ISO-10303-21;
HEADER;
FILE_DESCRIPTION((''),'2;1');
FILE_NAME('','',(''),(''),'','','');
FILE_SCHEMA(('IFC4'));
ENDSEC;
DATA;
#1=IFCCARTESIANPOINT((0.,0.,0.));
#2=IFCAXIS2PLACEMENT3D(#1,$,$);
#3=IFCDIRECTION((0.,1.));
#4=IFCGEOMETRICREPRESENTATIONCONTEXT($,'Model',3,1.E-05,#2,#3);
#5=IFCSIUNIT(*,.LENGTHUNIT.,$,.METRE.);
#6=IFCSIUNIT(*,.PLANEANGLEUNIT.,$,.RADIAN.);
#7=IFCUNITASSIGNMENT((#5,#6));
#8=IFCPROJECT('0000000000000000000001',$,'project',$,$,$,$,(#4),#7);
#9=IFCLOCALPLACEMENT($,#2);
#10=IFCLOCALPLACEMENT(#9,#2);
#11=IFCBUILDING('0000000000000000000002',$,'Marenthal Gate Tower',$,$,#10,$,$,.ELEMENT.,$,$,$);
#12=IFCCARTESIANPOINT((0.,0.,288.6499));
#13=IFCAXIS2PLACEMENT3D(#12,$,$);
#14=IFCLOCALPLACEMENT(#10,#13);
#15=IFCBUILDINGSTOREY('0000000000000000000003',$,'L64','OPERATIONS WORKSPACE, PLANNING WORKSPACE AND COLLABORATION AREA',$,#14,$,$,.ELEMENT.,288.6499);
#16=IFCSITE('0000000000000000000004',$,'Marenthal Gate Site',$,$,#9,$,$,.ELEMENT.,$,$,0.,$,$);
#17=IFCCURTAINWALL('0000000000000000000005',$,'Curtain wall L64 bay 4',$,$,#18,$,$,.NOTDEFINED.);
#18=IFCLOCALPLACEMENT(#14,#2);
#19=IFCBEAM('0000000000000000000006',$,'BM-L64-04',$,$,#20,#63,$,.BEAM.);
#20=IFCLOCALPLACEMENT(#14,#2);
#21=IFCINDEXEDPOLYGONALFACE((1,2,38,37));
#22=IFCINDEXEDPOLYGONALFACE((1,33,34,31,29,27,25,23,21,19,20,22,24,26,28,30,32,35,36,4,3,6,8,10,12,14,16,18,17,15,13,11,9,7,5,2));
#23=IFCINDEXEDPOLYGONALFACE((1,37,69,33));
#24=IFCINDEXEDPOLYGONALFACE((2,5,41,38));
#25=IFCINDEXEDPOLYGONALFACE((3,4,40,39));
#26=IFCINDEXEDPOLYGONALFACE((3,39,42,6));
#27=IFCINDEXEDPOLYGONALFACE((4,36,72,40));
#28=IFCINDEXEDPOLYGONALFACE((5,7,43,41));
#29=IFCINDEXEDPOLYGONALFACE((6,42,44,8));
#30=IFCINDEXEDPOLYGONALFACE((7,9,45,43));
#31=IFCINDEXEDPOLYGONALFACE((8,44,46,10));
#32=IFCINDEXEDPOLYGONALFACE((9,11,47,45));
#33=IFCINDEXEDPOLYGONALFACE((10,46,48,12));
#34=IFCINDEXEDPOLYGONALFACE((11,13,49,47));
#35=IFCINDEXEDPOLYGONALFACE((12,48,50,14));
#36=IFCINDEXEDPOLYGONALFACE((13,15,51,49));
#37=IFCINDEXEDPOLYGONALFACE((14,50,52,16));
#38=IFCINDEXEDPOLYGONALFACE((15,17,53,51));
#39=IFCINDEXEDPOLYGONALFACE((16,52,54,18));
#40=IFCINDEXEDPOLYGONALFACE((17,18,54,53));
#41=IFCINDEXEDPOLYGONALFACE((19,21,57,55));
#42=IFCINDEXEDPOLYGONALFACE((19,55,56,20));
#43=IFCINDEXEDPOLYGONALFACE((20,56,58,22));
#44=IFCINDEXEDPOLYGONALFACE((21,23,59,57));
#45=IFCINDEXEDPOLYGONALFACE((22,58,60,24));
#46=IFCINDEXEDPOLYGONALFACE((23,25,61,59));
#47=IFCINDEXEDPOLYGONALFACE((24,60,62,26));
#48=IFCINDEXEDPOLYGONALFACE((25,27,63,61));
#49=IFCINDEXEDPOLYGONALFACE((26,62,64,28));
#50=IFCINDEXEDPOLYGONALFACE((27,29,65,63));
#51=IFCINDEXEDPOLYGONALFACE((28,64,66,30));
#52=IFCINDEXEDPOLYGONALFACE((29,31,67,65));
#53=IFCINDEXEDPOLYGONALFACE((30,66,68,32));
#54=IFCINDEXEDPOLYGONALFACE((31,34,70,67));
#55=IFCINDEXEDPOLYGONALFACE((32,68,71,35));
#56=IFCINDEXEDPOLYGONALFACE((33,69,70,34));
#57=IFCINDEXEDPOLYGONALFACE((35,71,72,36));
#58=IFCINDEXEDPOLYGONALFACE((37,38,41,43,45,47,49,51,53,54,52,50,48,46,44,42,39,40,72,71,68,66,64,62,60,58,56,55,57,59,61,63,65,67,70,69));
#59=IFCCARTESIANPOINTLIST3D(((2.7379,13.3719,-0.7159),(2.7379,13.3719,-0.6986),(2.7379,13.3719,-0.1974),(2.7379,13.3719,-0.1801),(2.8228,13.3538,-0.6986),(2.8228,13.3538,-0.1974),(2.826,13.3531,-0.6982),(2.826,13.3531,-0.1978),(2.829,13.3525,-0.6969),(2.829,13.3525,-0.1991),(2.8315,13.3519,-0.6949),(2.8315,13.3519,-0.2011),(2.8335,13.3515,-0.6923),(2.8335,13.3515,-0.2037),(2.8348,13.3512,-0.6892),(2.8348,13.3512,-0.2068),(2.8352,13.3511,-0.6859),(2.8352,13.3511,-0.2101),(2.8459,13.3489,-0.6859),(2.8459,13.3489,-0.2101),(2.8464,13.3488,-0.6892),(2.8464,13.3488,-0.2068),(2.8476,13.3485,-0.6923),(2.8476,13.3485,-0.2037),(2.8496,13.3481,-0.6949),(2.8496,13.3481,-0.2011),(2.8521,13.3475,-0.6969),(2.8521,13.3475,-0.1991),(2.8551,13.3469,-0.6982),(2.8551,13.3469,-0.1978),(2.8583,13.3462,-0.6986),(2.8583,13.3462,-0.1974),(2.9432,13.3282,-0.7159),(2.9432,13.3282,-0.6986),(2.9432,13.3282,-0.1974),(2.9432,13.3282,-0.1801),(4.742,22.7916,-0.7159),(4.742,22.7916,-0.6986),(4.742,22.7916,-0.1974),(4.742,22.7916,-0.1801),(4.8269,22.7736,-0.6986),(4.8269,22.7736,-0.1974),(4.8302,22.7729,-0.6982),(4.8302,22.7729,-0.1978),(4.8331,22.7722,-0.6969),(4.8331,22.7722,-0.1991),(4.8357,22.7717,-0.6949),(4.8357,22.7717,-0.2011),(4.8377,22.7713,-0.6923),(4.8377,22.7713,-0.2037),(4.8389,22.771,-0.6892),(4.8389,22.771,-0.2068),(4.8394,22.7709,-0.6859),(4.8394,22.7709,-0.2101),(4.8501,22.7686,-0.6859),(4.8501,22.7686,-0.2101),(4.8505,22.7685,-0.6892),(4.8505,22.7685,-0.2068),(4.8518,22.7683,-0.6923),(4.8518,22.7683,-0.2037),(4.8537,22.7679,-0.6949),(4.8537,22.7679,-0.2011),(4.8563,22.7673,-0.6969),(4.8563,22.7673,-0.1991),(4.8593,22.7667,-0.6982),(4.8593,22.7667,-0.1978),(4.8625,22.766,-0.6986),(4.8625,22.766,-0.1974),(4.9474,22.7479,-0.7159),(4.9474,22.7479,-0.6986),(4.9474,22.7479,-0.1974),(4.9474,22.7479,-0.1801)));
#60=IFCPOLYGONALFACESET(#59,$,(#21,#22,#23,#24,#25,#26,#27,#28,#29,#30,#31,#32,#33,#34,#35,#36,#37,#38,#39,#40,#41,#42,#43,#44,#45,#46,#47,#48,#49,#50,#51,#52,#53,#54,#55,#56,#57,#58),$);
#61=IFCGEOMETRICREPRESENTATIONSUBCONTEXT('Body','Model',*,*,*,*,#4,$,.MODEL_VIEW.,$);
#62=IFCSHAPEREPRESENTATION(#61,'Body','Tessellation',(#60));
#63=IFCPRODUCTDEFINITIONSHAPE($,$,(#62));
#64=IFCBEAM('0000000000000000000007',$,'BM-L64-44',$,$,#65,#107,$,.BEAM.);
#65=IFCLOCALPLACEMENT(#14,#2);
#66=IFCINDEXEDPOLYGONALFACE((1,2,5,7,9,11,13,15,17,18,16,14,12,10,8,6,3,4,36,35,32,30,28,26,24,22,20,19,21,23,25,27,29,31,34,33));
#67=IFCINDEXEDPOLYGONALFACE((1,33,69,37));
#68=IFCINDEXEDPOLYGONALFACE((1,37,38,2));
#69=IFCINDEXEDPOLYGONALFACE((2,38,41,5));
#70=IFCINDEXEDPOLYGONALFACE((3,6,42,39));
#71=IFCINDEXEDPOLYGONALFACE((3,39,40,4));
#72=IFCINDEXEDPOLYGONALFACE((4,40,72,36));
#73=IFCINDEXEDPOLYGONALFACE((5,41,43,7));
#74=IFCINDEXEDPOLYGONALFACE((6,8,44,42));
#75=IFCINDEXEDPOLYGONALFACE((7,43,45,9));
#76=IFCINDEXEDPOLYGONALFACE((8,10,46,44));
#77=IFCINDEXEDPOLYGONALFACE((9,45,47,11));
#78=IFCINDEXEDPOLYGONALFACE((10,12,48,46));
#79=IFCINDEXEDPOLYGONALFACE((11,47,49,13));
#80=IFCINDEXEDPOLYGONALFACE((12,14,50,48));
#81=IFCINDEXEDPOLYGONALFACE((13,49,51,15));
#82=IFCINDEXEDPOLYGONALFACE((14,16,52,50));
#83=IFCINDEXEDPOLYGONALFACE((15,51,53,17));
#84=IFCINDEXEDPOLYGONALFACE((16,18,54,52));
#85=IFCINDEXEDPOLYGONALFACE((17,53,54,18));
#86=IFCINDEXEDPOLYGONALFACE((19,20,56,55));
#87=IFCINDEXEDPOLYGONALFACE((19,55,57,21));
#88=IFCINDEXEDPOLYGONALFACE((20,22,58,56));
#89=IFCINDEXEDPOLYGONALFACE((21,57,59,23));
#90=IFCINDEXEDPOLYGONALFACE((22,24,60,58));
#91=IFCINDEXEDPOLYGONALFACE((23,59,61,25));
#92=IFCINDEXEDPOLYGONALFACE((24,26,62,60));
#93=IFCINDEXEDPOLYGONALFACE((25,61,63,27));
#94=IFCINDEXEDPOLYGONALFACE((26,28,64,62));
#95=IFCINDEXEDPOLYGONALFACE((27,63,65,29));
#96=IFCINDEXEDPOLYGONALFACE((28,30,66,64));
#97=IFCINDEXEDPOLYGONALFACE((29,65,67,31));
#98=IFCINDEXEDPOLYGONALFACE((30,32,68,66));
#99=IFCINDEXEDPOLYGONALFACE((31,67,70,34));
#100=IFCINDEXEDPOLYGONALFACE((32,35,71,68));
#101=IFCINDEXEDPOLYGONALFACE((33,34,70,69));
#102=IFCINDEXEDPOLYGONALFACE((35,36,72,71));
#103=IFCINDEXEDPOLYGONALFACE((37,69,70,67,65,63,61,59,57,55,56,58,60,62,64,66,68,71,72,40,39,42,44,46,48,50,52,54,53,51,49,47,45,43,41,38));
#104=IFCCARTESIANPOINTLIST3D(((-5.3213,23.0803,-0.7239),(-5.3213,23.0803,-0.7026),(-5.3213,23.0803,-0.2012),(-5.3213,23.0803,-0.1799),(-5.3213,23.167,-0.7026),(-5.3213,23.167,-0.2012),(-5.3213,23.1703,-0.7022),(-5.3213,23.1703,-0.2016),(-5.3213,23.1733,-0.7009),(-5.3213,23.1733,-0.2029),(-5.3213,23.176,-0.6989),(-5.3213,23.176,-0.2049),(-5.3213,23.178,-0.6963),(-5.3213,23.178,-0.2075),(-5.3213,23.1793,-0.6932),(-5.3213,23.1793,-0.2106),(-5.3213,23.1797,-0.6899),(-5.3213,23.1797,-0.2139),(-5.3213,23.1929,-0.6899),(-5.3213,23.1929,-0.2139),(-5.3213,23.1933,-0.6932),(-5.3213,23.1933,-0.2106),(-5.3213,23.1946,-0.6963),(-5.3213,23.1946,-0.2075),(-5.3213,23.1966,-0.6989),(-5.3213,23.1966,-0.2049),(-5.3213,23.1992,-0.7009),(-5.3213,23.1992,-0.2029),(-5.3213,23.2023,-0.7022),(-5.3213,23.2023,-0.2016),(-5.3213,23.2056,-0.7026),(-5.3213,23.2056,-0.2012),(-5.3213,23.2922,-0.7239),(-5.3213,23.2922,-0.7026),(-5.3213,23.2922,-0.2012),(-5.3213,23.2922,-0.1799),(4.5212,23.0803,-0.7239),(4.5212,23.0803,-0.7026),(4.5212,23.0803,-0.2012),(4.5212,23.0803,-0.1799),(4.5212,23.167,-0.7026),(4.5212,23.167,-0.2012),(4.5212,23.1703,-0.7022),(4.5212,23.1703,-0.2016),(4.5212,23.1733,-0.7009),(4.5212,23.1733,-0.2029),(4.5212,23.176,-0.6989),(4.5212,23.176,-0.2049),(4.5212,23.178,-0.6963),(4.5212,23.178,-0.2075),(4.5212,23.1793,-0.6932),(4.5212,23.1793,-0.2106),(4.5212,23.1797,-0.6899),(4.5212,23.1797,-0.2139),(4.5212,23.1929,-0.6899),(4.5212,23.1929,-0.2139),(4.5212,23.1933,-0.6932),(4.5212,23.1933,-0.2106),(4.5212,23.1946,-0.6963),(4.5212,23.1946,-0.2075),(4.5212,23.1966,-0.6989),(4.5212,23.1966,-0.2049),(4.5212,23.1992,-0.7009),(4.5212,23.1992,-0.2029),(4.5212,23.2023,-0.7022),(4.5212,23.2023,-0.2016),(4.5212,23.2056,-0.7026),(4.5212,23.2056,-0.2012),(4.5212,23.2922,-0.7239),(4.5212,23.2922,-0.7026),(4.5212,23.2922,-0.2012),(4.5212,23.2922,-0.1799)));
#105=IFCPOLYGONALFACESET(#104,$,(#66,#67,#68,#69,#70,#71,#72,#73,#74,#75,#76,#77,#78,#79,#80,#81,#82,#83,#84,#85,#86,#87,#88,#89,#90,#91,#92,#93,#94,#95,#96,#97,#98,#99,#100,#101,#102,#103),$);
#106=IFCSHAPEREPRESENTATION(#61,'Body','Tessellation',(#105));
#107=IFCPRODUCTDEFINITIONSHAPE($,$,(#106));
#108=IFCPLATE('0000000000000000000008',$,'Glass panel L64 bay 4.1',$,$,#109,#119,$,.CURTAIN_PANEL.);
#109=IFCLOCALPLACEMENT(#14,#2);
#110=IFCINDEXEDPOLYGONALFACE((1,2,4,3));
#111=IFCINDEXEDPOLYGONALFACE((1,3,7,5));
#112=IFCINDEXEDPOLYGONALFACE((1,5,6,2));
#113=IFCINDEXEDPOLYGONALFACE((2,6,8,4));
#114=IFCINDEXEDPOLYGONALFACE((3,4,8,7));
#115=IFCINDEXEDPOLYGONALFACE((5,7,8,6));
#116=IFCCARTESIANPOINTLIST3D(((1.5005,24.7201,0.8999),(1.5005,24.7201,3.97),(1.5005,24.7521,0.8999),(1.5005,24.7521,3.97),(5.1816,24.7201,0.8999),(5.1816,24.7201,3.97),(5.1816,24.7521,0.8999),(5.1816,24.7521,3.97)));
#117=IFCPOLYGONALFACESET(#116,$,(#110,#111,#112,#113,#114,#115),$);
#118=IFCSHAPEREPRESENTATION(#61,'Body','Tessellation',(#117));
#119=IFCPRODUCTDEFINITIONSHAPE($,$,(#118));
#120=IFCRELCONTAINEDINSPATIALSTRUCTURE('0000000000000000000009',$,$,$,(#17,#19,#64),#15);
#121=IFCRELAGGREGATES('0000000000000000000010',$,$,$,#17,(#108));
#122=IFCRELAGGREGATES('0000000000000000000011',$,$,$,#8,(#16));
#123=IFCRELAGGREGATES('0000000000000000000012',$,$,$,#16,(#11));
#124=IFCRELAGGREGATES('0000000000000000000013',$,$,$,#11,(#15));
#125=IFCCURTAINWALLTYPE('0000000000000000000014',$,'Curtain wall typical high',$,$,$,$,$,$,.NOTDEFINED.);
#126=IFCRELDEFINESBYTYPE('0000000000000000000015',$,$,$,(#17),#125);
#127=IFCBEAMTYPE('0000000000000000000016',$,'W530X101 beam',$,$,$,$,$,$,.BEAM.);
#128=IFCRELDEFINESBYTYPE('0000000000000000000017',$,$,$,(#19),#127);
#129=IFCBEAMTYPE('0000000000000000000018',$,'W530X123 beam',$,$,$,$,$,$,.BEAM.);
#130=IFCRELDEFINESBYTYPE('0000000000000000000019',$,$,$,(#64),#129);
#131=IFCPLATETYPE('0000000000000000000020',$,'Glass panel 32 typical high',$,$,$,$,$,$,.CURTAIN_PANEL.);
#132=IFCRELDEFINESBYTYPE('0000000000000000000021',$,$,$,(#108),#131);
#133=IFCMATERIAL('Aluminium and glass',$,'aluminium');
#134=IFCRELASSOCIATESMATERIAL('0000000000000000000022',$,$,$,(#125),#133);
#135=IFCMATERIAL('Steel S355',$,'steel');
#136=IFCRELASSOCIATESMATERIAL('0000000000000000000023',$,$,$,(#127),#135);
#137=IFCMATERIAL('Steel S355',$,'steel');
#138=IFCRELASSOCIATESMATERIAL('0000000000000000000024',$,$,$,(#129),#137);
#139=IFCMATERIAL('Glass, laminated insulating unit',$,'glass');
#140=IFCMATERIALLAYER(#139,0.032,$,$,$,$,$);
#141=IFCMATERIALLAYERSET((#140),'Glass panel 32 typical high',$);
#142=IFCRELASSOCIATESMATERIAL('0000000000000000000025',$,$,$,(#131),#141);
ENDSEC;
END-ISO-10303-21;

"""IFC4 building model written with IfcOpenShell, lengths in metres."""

from ifc_helpers import new_model, si_unit, direction, frame, origin, origin_2d, place, context, subcontext, project, spatial, rectangle, i_section, extrude, material, layer, layer_set, material_profile, profile_set, type_object, element, aggregate, save


model = new_model("IFC4")

# Units and contexts
model_context = context("Model", 3, precision=1e-05, world=origin(), true_north=direction((0.0, 1.0)))
body_context = subcontext(model_context, "Body", "Model", "MODEL_VIEW")
ifc_project = project(units=[si_unit("LENGTHUNIT", "METRE"), si_unit("PLANEANGLEUNIT", "RADIAN")], contexts=[model_context])

# Site, building, storey
site_placement = place(None, origin())
site = spatial("IfcSite", under=ifc_project, at=site_placement, Name="Marenthal Gate Site", CompositionType="ELEMENT", RefElevation=0.0)
building_placement = place(site_placement, origin())
building = spatial("IfcBuilding", under=site, at=building_placement, Name="Marenthal Gate Tower", CompositionType="ELEMENT")
storey_placement = place(building_placement, frame((0.0, 0.0, 288.6499)))
storey = spatial("IfcBuildingStorey", under=building, at=storey_placement, Name="L64", Description="OPERATIONS WORKSPACE, PLANNING WORKSPACE AND COLLABORATION AREA", CompositionType="ELEMENT", Elevation=288.6499)

# Curtain wall
ifc_material_1 = material(Name="Aluminium and glass", Category="aluminium")
curtain_wall_type = type_object("IfcCurtainWallType", Name="Curtain wall typical high", PredefinedType="NOTDEFINED", material=ifc_material_1)
curtain_wall_placement = place(storey_placement, origin())
curtain_wall = element("IfcCurtainWall", 1, at=curtain_wall_placement, inside=storey, type_object=curtain_wall_type, Name="Curtain wall L64 bay 4", PredefinedType="NOTDEFINED")

# Beams
ifc_material_2 = material(Name="Steel S355", Category="steel")
ifc_material_profile_1 = material_profile(ifc_material_2, i_section(OverallWidth=0.21, OverallDepth=0.5359, WebThickness=0.011, FlangeThickness=0.0173, FilletRadius=0.0127, at=origin_2d()), Name="W530X101")
ifc_profile_set_1 = profile_set([ifc_material_profile_1], Name="Steel S355")
beam_type_1 = type_object("IfcBeamType", Name="W530X101 beam", PredefinedType="BEAM", material=ifc_profile_set_1)
beam_1_placement = place(storey_placement, frame((4.8447, 22.7698, -0.448), z_axis=(-0.208104, -0.978107, 0.0), x_axis=(0.978107, -0.208104, 0.0)))
element("IfcBeam", 2, at=beam_1_placement, inside=storey, type_object=beam_type_1, Name="BM-L64-04", PredefinedType="BEAM", context=body_context, shape_type="SweptSolid", body=[
    extrude(i_section(OverallWidth=0.21, OverallDepth=0.5359, WebThickness=0.011, FlangeThickness=0.0173, FilletRadius=0.0127, at=origin_2d()), origin(), (0.0, 0.0, 1.0), 9.6306),
])
ifc_material_3 = material(Name="Steel S355", Category="steel")
ifc_material_profile_2 = material_profile(ifc_material_3, i_section(OverallWidth=0.2119, OverallDepth=0.5439, WebThickness=0.0132, FlangeThickness=0.0212, FilletRadius=0.0127, at=origin_2d()), Name="W530X123")
ifc_profile_set_2 = profile_set([ifc_material_profile_2], Name="Steel S355")
beam_type_2 = type_object("IfcBeamType", Name="W530X123 beam", PredefinedType="BEAM", material=ifc_profile_set_2)
beam_2_placement = place(storey_placement, frame((4.5212, 23.1863, -0.4519), z_axis=(-1.0, 0.0, 0.0), x_axis=(0.0, -1.0, 0.0)))
element("IfcBeam", 3, at=beam_2_placement, inside=storey, type_object=beam_type_2, Name="BM-L64-44", PredefinedType="BEAM", context=body_context, shape_type="SweptSolid", body=[
    extrude(i_section(OverallWidth=0.2119, OverallDepth=0.5439, WebThickness=0.0132, FlangeThickness=0.0212, FilletRadius=0.0127, at=origin_2d()), origin(), (0.0, 0.0, 1.0), 9.8425),
])

# Plate
ifc_material_4 = material(Name="Glass, laminated insulating unit", Category="glass")
ifc_layer_1 = layer(ifc_material_4, 0.032)
ifc_layer_set_1 = layer_set([ifc_layer_1], Name="Glass panel 32 typical high")
plate_type = type_object("IfcPlateType", Name="Glass panel 32 typical high", PredefinedType="CURTAIN_PANEL", material=ifc_layer_set_1)
plate_placement = place(storey_placement, frame((3.3411, 24.7361, 0.8999), z_axis=(0.0, 0.0, 1.0), x_axis=(-1.0, 0.0, 0.0)))
plate = element("IfcPlate", 4, at=plate_placement, type_object=plate_type, Name="Glass panel L64 bay 4.1", PredefinedType="CURTAIN_PANEL", context=body_context, shape_type="SweptSolid", body=[
    extrude(rectangle(XDim=3.6812, YDim=0.032, at=origin_2d()), origin(), (0.0, 0.0, 1.0), 3.0701),
])
aggregate(curtain_wall, [plate])

save(model, "model.ifc")
